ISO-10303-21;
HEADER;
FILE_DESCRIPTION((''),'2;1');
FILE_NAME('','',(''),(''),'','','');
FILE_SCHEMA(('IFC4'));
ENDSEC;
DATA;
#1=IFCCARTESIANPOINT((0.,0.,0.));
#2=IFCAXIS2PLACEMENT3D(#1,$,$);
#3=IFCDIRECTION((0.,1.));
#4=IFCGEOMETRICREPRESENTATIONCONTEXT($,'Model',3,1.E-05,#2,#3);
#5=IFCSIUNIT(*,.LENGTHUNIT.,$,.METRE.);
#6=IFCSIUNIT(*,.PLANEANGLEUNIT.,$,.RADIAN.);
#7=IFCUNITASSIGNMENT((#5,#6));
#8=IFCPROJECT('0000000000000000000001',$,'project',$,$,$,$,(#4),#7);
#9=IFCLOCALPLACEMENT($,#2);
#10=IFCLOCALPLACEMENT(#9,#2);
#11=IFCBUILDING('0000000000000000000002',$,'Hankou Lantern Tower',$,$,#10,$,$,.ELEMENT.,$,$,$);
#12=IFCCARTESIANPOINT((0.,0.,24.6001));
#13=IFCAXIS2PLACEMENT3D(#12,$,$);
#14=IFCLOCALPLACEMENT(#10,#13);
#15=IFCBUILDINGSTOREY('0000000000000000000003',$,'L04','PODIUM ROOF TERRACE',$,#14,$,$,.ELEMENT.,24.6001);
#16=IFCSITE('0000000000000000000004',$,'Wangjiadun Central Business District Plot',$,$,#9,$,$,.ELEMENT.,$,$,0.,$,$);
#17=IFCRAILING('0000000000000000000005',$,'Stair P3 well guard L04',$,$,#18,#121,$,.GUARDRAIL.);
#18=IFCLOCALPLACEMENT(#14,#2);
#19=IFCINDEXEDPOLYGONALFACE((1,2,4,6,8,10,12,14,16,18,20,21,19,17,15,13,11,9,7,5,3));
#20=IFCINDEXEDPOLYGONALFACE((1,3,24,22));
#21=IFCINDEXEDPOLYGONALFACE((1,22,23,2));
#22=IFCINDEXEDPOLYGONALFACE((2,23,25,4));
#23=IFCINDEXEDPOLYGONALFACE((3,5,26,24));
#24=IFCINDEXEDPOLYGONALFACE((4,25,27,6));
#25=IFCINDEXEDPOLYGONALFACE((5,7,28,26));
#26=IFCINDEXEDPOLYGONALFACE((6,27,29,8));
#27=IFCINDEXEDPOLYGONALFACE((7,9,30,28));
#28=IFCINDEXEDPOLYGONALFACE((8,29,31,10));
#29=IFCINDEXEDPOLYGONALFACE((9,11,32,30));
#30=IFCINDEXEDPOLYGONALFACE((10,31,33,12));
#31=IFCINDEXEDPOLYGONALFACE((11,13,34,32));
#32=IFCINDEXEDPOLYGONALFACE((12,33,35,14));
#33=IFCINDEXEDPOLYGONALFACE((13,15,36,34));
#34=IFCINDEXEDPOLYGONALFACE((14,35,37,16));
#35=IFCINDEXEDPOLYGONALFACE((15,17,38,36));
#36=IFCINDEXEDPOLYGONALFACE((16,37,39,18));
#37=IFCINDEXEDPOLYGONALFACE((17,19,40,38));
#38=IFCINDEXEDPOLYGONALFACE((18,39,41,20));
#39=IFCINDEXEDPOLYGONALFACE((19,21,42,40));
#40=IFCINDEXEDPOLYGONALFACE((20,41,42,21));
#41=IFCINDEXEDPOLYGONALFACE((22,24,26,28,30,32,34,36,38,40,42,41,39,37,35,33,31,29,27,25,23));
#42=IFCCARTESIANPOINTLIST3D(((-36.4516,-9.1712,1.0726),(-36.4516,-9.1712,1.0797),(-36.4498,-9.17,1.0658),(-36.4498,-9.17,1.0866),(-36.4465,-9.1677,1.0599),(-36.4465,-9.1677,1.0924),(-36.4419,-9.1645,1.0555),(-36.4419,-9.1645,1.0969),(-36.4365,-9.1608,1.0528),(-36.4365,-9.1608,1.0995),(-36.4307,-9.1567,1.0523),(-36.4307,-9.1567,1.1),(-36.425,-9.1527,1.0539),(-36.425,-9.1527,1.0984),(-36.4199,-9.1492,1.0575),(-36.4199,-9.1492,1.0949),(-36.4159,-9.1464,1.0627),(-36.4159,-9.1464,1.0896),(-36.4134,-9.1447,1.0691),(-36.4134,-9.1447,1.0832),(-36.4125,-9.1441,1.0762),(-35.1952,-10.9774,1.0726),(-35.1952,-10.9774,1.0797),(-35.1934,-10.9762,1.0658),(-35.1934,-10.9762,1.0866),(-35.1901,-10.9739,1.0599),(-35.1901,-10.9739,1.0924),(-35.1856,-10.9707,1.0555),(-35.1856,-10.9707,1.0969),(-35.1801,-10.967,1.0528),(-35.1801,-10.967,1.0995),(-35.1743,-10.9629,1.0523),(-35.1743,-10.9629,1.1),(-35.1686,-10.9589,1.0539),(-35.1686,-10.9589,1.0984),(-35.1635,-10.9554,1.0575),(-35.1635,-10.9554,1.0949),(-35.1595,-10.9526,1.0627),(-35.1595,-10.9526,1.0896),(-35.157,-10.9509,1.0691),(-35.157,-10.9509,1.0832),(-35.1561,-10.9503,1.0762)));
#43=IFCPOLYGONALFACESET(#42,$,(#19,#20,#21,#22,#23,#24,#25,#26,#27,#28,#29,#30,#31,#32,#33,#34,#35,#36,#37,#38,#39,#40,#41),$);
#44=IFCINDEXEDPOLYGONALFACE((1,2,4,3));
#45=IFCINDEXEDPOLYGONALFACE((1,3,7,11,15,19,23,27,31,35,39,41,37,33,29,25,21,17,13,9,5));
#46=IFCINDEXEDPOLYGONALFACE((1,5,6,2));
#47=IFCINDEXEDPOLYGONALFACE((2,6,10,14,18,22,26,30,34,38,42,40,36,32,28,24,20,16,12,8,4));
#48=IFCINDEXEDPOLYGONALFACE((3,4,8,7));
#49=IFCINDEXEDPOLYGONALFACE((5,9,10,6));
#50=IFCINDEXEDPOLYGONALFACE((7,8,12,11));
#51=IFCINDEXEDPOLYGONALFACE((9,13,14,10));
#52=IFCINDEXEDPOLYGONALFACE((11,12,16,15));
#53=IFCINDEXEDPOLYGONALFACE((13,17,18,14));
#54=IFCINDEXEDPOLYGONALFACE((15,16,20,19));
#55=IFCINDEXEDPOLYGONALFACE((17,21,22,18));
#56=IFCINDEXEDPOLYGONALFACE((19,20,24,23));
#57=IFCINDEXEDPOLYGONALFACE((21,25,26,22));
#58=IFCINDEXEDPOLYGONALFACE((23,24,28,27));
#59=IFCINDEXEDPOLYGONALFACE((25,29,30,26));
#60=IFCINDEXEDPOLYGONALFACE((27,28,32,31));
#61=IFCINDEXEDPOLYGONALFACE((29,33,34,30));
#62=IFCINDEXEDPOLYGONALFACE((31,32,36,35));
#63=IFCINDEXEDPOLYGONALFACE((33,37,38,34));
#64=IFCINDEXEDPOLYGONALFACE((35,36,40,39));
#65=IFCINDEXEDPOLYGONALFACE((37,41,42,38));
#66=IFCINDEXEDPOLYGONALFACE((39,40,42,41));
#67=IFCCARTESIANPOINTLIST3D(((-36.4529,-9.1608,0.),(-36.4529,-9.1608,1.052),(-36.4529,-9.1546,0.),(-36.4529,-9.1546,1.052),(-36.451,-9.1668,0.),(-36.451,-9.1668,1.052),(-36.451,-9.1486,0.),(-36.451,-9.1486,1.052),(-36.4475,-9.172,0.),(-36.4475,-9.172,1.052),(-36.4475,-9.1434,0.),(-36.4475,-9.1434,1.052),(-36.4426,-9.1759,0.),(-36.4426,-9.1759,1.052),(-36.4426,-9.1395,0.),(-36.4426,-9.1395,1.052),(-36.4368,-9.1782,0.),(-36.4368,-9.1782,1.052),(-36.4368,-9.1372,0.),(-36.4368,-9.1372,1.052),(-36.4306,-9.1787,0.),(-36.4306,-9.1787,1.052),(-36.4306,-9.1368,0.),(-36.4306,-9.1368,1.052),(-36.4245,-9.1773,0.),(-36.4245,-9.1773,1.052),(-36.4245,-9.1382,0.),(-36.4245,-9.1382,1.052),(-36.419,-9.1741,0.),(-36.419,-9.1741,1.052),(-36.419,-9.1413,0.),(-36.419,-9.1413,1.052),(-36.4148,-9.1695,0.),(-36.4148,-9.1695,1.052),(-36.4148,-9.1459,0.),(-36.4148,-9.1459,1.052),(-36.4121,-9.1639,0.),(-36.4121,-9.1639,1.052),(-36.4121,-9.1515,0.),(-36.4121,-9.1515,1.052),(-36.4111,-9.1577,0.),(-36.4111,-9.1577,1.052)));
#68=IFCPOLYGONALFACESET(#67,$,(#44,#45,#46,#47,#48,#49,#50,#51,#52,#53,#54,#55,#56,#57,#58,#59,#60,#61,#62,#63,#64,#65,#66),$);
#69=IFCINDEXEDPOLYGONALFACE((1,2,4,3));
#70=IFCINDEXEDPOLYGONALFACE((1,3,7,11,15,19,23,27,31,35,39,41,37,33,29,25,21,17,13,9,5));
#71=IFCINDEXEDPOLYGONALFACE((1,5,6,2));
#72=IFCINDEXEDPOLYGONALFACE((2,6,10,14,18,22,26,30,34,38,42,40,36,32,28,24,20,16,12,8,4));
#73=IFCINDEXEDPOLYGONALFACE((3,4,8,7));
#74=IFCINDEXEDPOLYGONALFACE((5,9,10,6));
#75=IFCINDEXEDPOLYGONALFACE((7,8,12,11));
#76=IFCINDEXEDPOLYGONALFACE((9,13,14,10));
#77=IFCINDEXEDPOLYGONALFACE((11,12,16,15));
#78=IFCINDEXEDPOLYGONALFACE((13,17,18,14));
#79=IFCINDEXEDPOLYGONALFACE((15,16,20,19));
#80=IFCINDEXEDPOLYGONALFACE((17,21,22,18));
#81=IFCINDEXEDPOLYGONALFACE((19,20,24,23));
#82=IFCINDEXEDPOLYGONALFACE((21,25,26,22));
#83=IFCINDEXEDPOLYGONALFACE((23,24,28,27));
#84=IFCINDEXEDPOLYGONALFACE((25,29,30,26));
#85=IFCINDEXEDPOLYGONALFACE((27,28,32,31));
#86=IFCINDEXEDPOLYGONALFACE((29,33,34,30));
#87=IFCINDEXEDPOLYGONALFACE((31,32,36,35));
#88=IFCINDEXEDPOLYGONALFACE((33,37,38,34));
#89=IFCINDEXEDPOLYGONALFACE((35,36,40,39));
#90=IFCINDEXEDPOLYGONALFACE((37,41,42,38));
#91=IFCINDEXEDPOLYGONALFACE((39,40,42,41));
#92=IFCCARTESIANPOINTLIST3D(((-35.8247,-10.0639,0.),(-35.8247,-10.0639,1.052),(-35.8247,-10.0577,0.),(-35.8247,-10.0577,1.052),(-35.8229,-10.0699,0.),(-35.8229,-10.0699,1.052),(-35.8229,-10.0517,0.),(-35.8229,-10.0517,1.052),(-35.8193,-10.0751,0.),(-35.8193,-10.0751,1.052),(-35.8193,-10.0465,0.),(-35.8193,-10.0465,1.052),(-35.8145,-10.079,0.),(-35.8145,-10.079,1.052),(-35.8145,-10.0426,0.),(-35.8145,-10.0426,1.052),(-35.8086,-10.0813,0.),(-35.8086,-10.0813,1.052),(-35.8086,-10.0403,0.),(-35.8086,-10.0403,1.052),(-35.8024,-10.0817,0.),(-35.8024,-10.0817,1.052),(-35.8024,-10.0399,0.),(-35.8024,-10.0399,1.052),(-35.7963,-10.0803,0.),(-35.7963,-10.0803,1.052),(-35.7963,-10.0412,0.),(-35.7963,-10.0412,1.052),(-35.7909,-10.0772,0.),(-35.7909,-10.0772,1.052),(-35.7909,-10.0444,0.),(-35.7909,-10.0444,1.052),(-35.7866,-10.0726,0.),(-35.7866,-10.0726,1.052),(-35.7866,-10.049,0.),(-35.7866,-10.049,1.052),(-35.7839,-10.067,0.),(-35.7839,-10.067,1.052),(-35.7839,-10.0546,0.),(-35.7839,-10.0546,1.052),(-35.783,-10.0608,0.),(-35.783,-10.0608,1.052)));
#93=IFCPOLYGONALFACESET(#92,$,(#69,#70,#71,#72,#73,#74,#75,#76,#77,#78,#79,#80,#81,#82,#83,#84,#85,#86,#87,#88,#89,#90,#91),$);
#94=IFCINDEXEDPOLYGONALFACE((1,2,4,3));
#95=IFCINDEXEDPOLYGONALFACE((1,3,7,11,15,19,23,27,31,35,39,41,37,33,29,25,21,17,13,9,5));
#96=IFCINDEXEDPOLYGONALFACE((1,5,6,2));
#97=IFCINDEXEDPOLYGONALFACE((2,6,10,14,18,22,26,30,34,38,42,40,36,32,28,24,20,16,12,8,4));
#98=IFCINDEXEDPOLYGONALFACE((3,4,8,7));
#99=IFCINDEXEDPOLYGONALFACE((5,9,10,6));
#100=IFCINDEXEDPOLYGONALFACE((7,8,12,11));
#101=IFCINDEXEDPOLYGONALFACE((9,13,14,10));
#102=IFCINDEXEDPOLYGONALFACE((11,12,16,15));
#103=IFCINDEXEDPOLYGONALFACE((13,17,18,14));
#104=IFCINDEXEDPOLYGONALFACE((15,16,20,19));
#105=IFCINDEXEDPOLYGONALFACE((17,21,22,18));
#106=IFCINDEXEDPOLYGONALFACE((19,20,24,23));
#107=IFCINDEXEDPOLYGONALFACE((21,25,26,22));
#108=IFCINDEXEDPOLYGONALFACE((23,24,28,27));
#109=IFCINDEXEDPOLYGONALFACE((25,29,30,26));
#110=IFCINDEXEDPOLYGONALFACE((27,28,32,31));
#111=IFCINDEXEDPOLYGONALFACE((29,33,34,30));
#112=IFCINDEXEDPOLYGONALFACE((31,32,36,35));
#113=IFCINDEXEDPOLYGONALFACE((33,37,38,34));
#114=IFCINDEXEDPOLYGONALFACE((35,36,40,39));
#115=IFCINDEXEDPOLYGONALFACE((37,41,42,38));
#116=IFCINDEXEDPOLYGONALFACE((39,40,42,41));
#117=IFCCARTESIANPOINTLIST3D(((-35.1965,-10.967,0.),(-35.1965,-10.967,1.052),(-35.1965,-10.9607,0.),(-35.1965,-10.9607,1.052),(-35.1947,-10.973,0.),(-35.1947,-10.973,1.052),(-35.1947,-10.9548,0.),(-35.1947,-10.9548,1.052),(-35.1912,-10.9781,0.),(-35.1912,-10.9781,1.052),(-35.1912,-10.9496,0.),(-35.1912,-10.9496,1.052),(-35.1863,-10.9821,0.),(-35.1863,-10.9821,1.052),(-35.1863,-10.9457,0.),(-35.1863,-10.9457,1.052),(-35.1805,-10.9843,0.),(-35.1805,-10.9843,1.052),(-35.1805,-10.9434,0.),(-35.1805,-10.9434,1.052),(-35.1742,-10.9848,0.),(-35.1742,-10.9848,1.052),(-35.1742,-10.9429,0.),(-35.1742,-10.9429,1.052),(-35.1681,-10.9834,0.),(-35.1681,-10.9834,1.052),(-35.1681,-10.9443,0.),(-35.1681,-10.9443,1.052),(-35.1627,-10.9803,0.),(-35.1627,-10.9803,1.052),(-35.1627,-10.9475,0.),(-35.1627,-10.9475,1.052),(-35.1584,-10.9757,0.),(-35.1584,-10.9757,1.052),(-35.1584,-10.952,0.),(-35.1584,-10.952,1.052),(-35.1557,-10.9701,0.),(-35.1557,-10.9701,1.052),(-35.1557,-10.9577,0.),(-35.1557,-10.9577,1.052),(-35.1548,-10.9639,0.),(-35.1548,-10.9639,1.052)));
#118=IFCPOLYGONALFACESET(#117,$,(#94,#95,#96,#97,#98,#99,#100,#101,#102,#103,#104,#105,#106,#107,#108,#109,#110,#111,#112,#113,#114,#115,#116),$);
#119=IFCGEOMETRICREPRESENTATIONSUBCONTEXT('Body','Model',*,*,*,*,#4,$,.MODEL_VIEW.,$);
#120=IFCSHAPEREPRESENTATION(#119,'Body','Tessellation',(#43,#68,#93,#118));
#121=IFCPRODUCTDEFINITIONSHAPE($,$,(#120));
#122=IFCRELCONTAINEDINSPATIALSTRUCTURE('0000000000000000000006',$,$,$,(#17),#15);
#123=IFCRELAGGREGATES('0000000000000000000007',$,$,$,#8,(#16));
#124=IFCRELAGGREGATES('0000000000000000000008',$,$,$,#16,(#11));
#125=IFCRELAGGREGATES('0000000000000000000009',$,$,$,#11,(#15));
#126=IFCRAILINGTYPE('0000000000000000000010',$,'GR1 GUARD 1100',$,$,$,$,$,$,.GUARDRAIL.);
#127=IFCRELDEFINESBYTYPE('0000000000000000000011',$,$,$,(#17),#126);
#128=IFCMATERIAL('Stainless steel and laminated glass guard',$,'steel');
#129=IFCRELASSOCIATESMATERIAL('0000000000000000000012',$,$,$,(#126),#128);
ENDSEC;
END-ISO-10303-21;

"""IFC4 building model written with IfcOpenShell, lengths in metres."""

from ifc_helpers import new_model, si_unit, direction, frame, origin, origin_2d, place, context, subcontext, project, spatial, circle, extrude, material, type_object, element, save


model = new_model("IFC4")

# Units and contexts
model_context = context("Model", 3, precision=1e-05, world=origin(), true_north=direction((0.0, 1.0)))
body_context = subcontext(model_context, "Body", "Model", "MODEL_VIEW")
ifc_project = project(units=[si_unit("LENGTHUNIT", "METRE"), si_unit("PLANEANGLEUNIT", "RADIAN")], contexts=[model_context])

# Site, building, storey
site_placement = place(None, origin())
site = spatial("IfcSite", under=ifc_project, at=site_placement, Name="Wangjiadun Central Business District Plot", CompositionType="ELEMENT", RefElevation=0.0)
building_placement = place(site_placement, origin())
building = spatial("IfcBuilding", under=site, at=building_placement, Name="Hankou Lantern Tower", CompositionType="ELEMENT")
storey_placement = place(building_placement, frame((0.0, 0.0, 24.6001)))
storey = spatial("IfcBuildingStorey", under=building, at=storey_placement, Name="L04", Description="PODIUM ROOF TERRACE", CompositionType="ELEMENT", Elevation=24.6001)

# Railing
ifc_material_1 = material(Name="Stainless steel and laminated glass guard", Category="steel")
railing_type_1 = type_object("IfcRailingType", Name="GR1 GUARD 1100", PredefinedType="GUARDRAIL", material=ifc_material_1)
railing_1_placement = place(storey_placement, frame((-36.4321, -9.1577, 0.0)))
element("IfcRailing", 1, at=railing_1_placement, inside=storey, type_object=railing_type_1, Name="Stair P3 well guard L04", PredefinedType="GUARDRAIL", context=body_context, shape_type="SweptSolid", body=[
    extrude(circle(Radius=0.0239, at=origin_2d()), frame((0.0, 0.0, 1.0762), z_axis=(0.571032, -0.820928, 0.0), x_axis=(0.820928, 0.571032, 0.0)), (0.0, 0.0, 1.0), 2.2002),
    extrude(circle(Radius=0.021, at=origin_2d()), origin(), (0.0, 0.0, 1.0), 1.052),
    extrude(circle(Radius=0.021, at=origin_2d()), frame((0.6282, -0.9031, 0.0)), (0.0, 0.0, 1.0), 1.052),
    extrude(circle(Radius=0.021, at=origin_2d()), frame((1.2563, -1.8062, 0.0)), (0.0, 0.0, 1.0), 1.052),
])

save(model, "model.ifc")
